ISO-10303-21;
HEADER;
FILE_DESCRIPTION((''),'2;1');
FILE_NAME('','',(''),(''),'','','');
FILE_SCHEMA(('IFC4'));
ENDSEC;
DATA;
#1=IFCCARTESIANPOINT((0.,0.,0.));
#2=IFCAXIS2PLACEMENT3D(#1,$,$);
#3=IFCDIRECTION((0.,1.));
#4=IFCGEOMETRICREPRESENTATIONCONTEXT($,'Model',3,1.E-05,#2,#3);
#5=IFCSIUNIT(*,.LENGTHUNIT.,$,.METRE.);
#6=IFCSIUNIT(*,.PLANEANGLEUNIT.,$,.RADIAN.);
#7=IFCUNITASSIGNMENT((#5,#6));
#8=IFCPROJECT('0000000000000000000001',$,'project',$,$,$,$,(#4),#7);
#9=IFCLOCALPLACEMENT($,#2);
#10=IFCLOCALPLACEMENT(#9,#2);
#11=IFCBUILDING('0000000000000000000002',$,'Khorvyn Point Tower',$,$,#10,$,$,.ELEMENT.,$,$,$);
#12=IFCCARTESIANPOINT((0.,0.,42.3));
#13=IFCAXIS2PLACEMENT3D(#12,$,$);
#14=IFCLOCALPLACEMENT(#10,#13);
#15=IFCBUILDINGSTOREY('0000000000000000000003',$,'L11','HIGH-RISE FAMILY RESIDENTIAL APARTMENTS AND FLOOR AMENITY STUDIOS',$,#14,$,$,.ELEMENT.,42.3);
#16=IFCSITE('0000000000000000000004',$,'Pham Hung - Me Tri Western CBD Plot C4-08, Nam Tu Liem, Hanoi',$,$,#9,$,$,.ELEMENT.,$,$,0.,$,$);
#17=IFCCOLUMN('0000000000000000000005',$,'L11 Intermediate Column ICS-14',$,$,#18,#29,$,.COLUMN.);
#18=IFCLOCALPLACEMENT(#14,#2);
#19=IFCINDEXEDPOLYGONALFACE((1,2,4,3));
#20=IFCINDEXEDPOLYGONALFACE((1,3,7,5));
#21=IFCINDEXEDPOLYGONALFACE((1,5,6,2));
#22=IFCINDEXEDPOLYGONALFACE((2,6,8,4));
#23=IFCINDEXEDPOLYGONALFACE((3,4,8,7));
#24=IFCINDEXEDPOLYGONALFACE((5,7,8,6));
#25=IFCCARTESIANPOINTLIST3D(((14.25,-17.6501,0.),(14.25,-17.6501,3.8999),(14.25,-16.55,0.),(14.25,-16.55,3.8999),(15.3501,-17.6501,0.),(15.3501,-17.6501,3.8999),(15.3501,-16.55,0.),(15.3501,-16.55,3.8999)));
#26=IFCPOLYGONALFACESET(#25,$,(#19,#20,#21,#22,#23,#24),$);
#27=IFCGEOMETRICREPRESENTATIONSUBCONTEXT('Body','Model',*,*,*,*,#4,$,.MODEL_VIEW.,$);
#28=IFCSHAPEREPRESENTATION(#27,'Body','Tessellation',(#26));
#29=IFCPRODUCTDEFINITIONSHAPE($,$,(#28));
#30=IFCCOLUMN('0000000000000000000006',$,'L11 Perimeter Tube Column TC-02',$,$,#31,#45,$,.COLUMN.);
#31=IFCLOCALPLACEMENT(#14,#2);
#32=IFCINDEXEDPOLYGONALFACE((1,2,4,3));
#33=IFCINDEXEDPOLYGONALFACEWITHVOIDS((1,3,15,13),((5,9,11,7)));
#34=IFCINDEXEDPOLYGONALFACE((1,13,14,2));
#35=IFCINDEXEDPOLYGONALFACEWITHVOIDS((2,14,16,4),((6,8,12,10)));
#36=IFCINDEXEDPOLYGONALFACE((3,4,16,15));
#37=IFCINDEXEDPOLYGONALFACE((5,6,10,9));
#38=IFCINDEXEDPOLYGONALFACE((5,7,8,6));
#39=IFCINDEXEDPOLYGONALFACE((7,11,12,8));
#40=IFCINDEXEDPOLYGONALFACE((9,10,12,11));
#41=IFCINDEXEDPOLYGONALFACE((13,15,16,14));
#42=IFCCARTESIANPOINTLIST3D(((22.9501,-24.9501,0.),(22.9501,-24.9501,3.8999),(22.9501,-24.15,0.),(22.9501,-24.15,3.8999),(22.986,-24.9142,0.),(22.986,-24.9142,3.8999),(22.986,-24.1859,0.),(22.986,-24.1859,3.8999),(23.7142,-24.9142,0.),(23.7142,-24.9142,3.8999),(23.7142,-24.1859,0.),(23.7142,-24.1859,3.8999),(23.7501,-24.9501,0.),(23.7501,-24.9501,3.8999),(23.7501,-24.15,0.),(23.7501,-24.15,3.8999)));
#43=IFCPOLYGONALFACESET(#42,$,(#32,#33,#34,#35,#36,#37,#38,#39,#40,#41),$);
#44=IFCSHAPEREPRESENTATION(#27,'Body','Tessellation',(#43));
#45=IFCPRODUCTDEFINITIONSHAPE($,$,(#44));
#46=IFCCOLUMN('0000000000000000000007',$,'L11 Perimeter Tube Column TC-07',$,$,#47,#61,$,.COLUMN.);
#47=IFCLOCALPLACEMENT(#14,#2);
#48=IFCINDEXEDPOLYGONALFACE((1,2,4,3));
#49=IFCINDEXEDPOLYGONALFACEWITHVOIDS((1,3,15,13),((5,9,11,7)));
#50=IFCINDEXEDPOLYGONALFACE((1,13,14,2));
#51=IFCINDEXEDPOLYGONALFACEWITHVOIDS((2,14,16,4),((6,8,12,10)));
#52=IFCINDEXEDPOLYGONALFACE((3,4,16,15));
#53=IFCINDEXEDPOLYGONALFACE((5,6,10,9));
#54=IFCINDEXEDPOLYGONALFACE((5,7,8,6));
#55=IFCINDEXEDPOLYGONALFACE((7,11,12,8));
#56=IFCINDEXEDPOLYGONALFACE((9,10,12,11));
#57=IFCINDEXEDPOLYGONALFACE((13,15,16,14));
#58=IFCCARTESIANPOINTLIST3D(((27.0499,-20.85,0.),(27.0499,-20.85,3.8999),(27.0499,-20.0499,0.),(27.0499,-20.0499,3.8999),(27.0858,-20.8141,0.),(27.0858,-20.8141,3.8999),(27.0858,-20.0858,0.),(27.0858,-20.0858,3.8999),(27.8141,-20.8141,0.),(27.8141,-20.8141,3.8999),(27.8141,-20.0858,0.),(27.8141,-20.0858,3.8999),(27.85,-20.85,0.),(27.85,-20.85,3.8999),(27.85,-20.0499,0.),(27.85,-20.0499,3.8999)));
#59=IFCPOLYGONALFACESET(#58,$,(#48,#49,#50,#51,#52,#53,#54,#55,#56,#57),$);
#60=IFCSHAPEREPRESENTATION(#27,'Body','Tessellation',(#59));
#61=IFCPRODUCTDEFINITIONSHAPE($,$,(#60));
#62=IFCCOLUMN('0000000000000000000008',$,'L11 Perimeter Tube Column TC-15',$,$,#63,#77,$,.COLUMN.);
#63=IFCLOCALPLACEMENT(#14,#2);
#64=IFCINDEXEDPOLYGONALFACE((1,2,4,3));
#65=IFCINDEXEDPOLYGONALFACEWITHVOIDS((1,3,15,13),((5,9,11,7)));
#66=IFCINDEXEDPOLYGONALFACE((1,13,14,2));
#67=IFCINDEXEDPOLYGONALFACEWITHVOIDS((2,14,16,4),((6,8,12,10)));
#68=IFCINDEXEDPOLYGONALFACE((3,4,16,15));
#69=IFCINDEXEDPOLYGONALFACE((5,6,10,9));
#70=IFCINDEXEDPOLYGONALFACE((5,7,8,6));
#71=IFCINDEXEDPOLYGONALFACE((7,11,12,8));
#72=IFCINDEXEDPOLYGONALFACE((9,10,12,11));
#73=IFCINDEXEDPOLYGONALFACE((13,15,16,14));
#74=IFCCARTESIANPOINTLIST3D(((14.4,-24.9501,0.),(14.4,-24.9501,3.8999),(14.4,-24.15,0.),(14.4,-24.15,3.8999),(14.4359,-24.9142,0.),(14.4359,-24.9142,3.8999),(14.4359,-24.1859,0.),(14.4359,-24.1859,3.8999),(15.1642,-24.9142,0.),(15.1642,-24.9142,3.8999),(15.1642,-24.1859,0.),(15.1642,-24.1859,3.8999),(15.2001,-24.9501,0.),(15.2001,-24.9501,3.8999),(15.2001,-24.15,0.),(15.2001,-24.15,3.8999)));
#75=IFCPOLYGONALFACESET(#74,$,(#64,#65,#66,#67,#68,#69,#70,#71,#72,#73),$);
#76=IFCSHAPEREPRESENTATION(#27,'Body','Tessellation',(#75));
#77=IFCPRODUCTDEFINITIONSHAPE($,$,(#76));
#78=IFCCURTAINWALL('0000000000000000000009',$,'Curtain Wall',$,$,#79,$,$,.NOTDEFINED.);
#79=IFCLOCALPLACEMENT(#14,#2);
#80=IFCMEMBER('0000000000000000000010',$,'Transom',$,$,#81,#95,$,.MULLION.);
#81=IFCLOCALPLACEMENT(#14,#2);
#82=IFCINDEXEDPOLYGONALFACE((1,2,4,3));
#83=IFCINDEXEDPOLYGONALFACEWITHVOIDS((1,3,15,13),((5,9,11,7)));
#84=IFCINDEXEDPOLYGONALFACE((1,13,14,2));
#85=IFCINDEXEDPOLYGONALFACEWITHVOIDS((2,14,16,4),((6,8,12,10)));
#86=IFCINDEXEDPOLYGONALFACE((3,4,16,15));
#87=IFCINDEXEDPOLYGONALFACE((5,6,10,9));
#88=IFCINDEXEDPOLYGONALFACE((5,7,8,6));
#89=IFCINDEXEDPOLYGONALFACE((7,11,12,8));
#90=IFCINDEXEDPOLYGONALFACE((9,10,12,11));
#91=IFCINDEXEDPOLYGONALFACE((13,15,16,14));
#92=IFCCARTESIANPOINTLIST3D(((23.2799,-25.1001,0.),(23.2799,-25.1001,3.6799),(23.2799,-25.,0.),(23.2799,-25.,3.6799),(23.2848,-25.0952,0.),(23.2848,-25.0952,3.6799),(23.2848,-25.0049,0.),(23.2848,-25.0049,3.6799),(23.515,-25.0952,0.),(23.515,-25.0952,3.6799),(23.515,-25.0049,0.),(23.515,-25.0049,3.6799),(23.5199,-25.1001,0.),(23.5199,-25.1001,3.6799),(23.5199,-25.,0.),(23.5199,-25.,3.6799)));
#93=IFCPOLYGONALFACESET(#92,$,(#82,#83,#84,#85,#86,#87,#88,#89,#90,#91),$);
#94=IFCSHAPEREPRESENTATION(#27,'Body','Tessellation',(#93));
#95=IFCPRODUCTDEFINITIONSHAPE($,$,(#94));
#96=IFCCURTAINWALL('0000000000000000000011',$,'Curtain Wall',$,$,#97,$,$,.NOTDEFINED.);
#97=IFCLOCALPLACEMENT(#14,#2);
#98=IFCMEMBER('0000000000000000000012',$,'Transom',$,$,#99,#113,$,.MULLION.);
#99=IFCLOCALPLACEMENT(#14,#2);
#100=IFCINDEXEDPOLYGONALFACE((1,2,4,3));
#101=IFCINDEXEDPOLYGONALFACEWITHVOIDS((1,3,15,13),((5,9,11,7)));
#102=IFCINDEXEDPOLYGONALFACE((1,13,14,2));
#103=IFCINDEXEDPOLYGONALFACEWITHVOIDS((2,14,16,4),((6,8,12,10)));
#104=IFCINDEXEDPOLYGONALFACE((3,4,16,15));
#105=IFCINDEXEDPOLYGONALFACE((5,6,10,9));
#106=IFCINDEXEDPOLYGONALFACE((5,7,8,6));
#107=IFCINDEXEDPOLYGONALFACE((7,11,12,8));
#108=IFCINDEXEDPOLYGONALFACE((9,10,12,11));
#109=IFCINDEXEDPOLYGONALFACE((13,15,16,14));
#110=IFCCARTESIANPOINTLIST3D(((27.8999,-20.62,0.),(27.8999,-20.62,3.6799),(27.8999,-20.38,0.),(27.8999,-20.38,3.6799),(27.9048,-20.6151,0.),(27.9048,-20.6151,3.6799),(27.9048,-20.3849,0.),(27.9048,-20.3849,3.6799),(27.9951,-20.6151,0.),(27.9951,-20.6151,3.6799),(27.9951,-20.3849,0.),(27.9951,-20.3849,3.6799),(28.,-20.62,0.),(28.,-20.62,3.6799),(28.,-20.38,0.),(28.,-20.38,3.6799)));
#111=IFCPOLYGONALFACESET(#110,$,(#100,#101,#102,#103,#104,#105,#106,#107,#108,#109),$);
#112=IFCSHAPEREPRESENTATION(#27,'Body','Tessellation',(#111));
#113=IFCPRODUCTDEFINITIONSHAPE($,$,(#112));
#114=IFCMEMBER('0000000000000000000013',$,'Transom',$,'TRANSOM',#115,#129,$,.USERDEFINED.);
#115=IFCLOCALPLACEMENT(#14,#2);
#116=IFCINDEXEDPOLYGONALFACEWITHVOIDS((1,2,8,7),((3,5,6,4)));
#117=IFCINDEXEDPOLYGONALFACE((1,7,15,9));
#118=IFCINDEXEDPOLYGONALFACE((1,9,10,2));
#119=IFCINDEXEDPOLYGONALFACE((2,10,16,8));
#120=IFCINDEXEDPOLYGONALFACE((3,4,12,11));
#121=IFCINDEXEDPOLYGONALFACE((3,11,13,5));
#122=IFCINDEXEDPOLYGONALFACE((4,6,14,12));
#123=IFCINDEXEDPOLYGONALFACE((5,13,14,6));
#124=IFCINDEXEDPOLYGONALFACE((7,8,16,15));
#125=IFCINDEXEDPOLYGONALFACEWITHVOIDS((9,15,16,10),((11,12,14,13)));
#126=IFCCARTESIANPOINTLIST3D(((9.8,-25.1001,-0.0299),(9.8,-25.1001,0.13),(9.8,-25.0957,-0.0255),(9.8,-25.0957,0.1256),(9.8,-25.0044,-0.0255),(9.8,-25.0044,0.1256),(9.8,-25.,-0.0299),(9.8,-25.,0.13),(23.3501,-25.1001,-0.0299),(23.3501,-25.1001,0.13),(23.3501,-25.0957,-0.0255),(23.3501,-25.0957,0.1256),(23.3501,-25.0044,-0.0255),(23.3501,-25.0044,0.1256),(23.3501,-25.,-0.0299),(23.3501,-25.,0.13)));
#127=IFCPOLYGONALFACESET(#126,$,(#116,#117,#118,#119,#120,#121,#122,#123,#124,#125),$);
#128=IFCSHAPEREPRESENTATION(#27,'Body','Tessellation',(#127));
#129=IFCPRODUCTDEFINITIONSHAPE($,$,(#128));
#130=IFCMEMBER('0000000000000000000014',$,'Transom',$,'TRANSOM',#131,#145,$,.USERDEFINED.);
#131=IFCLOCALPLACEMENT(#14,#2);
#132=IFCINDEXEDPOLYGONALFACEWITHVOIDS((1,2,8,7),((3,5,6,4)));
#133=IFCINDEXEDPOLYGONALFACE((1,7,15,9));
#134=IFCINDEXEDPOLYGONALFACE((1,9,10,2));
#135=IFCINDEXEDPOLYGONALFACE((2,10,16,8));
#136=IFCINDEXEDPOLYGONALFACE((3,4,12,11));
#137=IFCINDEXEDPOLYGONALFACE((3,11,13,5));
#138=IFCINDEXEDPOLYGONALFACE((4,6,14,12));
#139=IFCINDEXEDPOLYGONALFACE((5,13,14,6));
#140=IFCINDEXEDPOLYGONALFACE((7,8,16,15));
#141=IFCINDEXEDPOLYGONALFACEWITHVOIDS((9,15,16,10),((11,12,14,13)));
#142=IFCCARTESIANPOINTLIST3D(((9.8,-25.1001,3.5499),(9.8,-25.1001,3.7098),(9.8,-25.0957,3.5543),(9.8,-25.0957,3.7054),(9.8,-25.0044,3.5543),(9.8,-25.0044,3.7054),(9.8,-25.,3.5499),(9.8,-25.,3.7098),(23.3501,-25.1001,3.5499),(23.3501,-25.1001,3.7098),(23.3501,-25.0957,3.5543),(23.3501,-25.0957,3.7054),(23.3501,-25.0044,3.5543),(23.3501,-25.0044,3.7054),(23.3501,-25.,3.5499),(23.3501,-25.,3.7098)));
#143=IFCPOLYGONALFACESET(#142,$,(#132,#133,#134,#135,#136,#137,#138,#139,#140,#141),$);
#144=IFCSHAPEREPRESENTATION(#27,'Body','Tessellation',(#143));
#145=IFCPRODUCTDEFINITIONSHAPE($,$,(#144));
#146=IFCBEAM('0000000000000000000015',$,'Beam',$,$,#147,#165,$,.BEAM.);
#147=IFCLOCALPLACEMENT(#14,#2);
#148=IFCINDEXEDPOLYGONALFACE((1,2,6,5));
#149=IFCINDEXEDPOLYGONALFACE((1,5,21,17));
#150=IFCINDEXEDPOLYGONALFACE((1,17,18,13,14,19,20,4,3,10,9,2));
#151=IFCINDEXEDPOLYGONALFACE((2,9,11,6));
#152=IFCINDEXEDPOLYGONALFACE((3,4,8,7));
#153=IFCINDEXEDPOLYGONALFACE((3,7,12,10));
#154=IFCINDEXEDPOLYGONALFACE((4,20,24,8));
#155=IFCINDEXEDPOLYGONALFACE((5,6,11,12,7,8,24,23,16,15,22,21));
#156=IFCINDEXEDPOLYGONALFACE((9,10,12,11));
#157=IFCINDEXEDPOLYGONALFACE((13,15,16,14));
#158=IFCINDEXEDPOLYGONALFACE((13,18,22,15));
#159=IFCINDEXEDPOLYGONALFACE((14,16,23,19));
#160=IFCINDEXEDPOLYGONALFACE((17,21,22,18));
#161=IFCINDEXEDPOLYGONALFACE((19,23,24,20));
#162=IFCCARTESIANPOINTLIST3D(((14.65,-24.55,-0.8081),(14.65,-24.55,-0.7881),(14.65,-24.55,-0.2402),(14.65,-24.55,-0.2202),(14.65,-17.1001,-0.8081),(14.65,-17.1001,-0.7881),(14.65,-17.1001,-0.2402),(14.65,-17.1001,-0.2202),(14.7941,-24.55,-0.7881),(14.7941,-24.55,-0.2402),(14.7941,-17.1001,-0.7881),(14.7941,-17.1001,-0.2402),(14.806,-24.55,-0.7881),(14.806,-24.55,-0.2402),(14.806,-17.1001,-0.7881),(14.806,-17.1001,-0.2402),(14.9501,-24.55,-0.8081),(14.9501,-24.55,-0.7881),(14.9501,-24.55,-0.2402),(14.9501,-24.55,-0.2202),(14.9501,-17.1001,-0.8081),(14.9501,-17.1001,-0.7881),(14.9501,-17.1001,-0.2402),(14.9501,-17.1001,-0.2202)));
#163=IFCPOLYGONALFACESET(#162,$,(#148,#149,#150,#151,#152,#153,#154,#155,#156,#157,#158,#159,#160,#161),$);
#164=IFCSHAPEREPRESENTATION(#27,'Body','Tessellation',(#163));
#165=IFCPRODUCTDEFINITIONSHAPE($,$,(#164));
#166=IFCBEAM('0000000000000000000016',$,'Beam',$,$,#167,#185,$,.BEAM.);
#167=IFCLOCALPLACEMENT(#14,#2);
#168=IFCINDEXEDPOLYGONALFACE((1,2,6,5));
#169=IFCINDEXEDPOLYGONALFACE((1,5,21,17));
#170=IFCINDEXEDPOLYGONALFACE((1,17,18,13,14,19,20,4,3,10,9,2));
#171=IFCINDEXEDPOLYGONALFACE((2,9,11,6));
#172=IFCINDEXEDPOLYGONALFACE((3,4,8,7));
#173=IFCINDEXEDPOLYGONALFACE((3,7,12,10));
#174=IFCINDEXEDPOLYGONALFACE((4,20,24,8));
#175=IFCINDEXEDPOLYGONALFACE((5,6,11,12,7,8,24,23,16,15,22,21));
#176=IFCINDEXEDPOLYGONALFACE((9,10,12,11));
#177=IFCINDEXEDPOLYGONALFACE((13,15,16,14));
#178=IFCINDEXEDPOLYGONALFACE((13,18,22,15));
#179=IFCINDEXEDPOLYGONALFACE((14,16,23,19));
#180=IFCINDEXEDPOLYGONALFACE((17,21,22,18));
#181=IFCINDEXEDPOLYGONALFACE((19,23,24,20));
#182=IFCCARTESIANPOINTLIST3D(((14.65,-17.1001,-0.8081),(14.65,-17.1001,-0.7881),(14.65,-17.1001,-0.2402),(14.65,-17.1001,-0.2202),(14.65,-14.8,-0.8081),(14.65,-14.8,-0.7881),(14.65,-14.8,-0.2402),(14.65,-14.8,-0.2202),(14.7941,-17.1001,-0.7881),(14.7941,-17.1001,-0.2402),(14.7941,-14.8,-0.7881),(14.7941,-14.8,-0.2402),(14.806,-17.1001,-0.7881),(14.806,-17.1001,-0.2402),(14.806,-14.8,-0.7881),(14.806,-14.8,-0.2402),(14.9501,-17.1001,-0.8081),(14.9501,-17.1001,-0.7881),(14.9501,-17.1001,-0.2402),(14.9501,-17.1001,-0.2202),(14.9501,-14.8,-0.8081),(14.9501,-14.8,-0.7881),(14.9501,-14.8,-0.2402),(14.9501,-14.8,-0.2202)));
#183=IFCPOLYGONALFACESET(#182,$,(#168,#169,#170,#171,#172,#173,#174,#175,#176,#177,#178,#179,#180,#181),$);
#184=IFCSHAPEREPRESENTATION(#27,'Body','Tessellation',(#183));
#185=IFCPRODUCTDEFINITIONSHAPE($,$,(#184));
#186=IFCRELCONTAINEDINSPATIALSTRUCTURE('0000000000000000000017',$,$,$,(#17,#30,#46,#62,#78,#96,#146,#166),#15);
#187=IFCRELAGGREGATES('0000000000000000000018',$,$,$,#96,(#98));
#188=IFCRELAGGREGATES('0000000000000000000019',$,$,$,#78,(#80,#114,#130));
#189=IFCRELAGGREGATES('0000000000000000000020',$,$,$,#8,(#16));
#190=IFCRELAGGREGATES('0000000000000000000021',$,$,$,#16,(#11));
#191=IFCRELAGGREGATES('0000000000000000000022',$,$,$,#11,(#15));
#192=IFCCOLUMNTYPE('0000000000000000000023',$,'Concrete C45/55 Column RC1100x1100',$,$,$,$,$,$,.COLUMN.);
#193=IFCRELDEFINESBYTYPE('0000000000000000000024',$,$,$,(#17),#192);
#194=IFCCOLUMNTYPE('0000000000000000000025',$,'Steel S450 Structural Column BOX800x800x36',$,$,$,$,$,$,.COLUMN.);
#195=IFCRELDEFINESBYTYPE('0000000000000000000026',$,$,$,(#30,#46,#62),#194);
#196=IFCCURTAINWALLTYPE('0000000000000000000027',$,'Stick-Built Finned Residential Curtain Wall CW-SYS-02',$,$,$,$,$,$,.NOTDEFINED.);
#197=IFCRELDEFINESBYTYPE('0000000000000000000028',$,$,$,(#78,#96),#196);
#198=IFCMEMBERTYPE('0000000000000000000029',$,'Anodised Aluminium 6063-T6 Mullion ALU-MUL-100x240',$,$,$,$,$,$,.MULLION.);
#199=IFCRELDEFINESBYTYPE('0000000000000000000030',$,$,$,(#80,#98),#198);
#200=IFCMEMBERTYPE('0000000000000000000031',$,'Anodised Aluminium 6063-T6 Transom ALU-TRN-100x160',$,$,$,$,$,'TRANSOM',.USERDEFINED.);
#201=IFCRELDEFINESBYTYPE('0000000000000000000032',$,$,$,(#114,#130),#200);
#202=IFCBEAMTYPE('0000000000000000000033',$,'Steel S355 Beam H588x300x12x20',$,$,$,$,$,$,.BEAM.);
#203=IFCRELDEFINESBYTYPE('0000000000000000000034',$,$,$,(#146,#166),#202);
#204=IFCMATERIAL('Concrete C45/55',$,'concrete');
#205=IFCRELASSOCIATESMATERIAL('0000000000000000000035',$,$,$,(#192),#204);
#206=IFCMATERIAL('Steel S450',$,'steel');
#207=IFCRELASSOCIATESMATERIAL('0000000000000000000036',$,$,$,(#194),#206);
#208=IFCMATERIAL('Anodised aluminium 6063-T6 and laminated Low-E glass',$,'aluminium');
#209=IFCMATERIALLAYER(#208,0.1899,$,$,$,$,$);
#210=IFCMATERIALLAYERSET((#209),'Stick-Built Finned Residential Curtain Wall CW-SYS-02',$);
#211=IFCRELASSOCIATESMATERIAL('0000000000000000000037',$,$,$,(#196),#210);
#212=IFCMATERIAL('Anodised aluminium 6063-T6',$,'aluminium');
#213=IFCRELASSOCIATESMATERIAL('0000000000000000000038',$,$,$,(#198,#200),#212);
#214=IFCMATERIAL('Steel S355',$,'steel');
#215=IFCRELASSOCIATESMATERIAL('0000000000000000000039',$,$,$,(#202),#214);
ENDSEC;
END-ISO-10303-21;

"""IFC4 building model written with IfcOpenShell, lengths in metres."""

from ifc_helpers import new_model, si_unit, direction, frame, origin, origin_2d, place, context, subcontext, project, spatial, rectangle, hollow_rectangle, i_section, extrude, material, layer, layer_set, material_profile, profile_set, type_object, element, aggregate, save


model = new_model("IFC4")

# Units and contexts
model_context = context("Model", 3, precision=1e-05, world=origin(), true_north=direction((0.0, 1.0)))
body_context = subcontext(model_context, "Body", "Model", "MODEL_VIEW")
ifc_project = project(units=[si_unit("LENGTHUNIT", "METRE"), si_unit("PLANEANGLEUNIT", "RADIAN")], contexts=[model_context])

# Site, building, storey
site_placement = place(None, origin())
site = spatial("IfcSite", under=ifc_project, at=site_placement, Name="Pham Hung - Me Tri Western CBD Plot C4-08, Nam Tu Liem, Hanoi", CompositionType="ELEMENT", RefElevation=0.0)
building_placement = place(site_placement, origin())
building = spatial("IfcBuilding", under=site, at=building_placement, Name="Khorvyn Point Tower", CompositionType="ELEMENT")
storey_placement = place(building_placement, frame((0.0, 0.0, 42.3)))
storey = spatial("IfcBuildingStorey", under=building, at=storey_placement, Name="L11", Description="HIGH-RISE FAMILY RESIDENTIAL APARTMENTS AND FLOOR AMENITY STUDIOS", CompositionType="ELEMENT", Elevation=42.3)

# Columns
ifc_material_1 = material(Name="Concrete C45/55", Category="concrete")
ifc_material_profile_1 = material_profile(ifc_material_1, rectangle(XDim=1.1001, YDim=1.1001, at=origin_2d()))
ifc_profile_set_1 = profile_set([ifc_material_profile_1], Name="Concrete C45/55 RC1100x1100")
column_type_1 = type_object("IfcColumnType", Name="Concrete C45/55 Column RC1100x1100", PredefinedType="COLUMN", material=ifc_profile_set_1)
column_placement = place(storey_placement, frame((14.8, -17.1001, 0.0), z_axis=(0.0, 0.0, 1.0), x_axis=(1.0, 0.0, 0.0)))
element("IfcColumn", 1, at=column_placement, inside=storey, type_object=column_type_1, Name="L11 Intermediate Column ICS-14", PredefinedType="COLUMN", context=body_context, shape_type="SweptSolid", body=[
    extrude(rectangle(XDim=1.1001, YDim=1.1001, at=origin_2d()), origin(), (0.0, 0.0, 1.0), 3.8999),
])
ifc_material_2 = material(Name="Steel S450", Category="steel")
ifc_material_profile_2 = material_profile(ifc_material_2, hollow_rectangle(XDim=0.8, YDim=0.8, WallThickness=0.0359, at=origin_2d()))
ifc_profile_set_2 = profile_set([ifc_material_profile_2], Name="Steel S450 BOX800x800x36")
column_type_2 = type_object("IfcColumnType", Name="Steel S450 Structural Column BOX800x800x36", PredefinedType="COLUMN", material=ifc_profile_set_2)
for number, where, z_axis, x_axis, name in (
    (2, (23.3501, -24.55, 0.0), (0.0, 0.0, 1.0), (1.0, 0.0, 0.0), "L11 Perimeter Tube Column TC-02"),
    (3, (27.45, -20.45, 0.0), (0.0, 0.0, 1.0), (1.0, 0.0, 0.0), "L11 Perimeter Tube Column TC-07"),
    (4, (14.8, -24.55, 0.0), (0.0, 0.0, 1.0), (1.0, 0.0, 0.0), "L11 Perimeter Tube Column TC-15"),
):
    element("IfcColumn", number, at=place(storey_placement, frame(where, z_axis=z_axis, x_axis=x_axis)), inside=storey, type_object=column_type_2, Name=name, PredefinedType="COLUMN", context=body_context, shape_type="SweptSolid", body=[
        extrude(hollow_rectangle(XDim=0.8, YDim=0.8, WallThickness=0.0359, at=origin_2d()), origin(), (0.0, 0.0, 1.0), 3.8999),
    ])

# Curtain walls, members
ifc_material_3 = material(Name="Anodised aluminium 6063-T6 and laminated Low-E glass", Category="aluminium")
ifc_layer_1 = layer(ifc_material_3, 0.1899)
ifc_layer_set_1 = layer_set([ifc_layer_1], Name="Stick-Built Finned Residential Curtain Wall CW-SYS-02")
curtain_wall_type = type_object("IfcCurtainWallType", Name="Stick-Built Finned Residential Curtain Wall CW-SYS-02", PredefinedType="NOTDEFINED", material=ifc_layer_set_1)
curtain_wall_1_placement = place(storey_placement, origin())
curtain_wall_1 = element("IfcCurtainWall", 5, at=curtain_wall_1_placement, inside=storey, type_object=curtain_wall_type, Name="Curtain Wall", PredefinedType="NOTDEFINED")
ifc_material_4 = material(Name="Anodised aluminium 6063-T6", Category="aluminium")
ifc_material_profile_3 = material_profile(ifc_material_4, hollow_rectangle(XDim=0.1001, YDim=0.24, WallThickness=0.0049, at=origin_2d()))
ifc_profile_set_3 = profile_set([ifc_material_profile_3], Name="Anodised aluminium 6063-T6 ALU-MUL-100x240")
member_type_1 = type_object("IfcMemberType", Name="Anodised Aluminium 6063-T6 Mullion ALU-MUL-100x240", PredefinedType="MULLION", material=ifc_profile_set_3)
member_1_placement = place(storey_placement, frame((23.3999, -25.05, 0.0), z_axis=(0.0, 0.0, 1.0), x_axis=(0.0, -1.0, 0.0)))
member_1 = element("IfcMember", 6, at=member_1_placement, type_object=member_type_1, Name="Transom", PredefinedType="MULLION", context=body_context, shape_type="SweptSolid", body=[
    extrude(hollow_rectangle(XDim=0.1001, YDim=0.24, WallThickness=0.0049, at=origin_2d()), origin(), (0.0, 0.0, 1.0), 3.6799),
])
curtain_wall_2_placement = place(storey_placement, origin())
curtain_wall_2 = element("IfcCurtainWall", 7, at=curtain_wall_2_placement, inside=storey, type_object=curtain_wall_type, Name="Curtain Wall", PredefinedType="NOTDEFINED")
member_2_placement = place(storey_placement, frame((27.95, -20.5, 0.0), z_axis=(0.0, 0.0, 1.0), x_axis=(1.0, 0.0, 0.0)))
member_2 = element("IfcMember", 8, at=member_2_placement, type_object=member_type_1, Name="Transom", PredefinedType="MULLION", context=body_context, shape_type="SweptSolid", body=[
    extrude(hollow_rectangle(XDim=0.1001, YDim=0.24, WallThickness=0.0049, at=origin_2d()), origin(), (0.0, 0.0, 1.0), 3.6799),
])
aggregate(curtain_wall_2, [member_2])

# Members
ifc_material_profile_4 = material_profile(ifc_material_4, hollow_rectangle(XDim=0.1001, YDim=0.1599, WallThickness=0.0044, at=origin_2d()))
ifc_profile_set_4 = profile_set([ifc_material_profile_4], Name="Anodised aluminium 6063-T6 ALU-TRN-100x160")
member_type_2 = type_object("IfcMemberType", Name="Anodised Aluminium 6063-T6 Transom ALU-TRN-100x160", ElementType="TRANSOM", PredefinedType="USERDEFINED", material=ifc_profile_set_4)
member_3_placement = place(storey_placement, frame((23.3501, -25.05, 0.05), z_axis=(-1.0, 0.0, 0.0), x_axis=(0.0, -1.0, 0.0)))
member_3 = element("IfcMember", 9, at=member_3_placement, type_object=member_type_2, Name="Transom", ObjectType="TRANSOM", PredefinedType="USERDEFINED", context=body_context, shape_type="SweptSolid", body=[
    extrude(hollow_rectangle(XDim=0.1001, YDim=0.1599, WallThickness=0.0044, at=origin_2d()), origin(), (0.0, 0.0, 1.0), 13.55),
])
member_4_placement = place(storey_placement, frame((23.3501, -25.05, 3.6299), z_axis=(-1.0, 0.0, 0.0), x_axis=(0.0, -1.0, 0.0)))
member_4 = element("IfcMember", 10, at=member_4_placement, type_object=member_type_2, Name="Transom", ObjectType="TRANSOM", PredefinedType="USERDEFINED", context=body_context, shape_type="SweptSolid", body=[
    extrude(hollow_rectangle(XDim=0.1001, YDim=0.1599, WallThickness=0.0044, at=origin_2d()), origin(), (0.0, 0.0, 1.0), 13.55),
])

# Beams
ifc_material_5 = material(Name="Steel S355", Category="steel")
ifc_material_profile_5 = material_profile(ifc_material_5, i_section(OverallWidth=0.3, OverallDepth=0.5879, WebThickness=0.012, FlangeThickness=0.02, at=origin_2d()))
ifc_profile_set_5 = profile_set([ifc_material_profile_5], Name="Steel S355 H588x300x12x20")
beam_type_1 = type_object("IfcBeamType", Name="Steel S355 Beam H588x300x12x20", PredefinedType="BEAM", material=ifc_profile_set_5)
beam_1_placement = place(storey_placement, frame((14.8, -24.55, -0.5142), z_axis=(0.0, 1.0, 0.0), x_axis=(-1.0, 0.0, 0.0)))
element("IfcBeam", 11, at=beam_1_placement, inside=storey, type_object=beam_type_1, Name="Beam", PredefinedType="BEAM", context=body_context, shape_type="SweptSolid", body=[
    extrude(i_section(OverallWidth=0.3, OverallDepth=0.5879, WebThickness=0.012, FlangeThickness=0.02, at=origin_2d()), origin(), (0.0, 0.0, 1.0), 7.45),
])
beam_2_placement = place(storey_placement, frame((14.8, -17.1001, -0.5142), z_axis=(0.0, 1.0, 0.0), x_axis=(-1.0, 0.0, 0.0)))
element("IfcBeam", 12, at=beam_2_placement, inside=storey, type_object=beam_type_1, Name="Beam", PredefinedType="BEAM", context=body_context, shape_type="SweptSolid", body=[
    extrude(i_section(OverallWidth=0.3, OverallDepth=0.5879, WebThickness=0.012, FlangeThickness=0.02, at=origin_2d()), origin(), (0.0, 0.0, 1.0), 2.3),
])

aggregate(curtain_wall_1, [member_1, member_3, member_4])

save(model, "model.ifc")
